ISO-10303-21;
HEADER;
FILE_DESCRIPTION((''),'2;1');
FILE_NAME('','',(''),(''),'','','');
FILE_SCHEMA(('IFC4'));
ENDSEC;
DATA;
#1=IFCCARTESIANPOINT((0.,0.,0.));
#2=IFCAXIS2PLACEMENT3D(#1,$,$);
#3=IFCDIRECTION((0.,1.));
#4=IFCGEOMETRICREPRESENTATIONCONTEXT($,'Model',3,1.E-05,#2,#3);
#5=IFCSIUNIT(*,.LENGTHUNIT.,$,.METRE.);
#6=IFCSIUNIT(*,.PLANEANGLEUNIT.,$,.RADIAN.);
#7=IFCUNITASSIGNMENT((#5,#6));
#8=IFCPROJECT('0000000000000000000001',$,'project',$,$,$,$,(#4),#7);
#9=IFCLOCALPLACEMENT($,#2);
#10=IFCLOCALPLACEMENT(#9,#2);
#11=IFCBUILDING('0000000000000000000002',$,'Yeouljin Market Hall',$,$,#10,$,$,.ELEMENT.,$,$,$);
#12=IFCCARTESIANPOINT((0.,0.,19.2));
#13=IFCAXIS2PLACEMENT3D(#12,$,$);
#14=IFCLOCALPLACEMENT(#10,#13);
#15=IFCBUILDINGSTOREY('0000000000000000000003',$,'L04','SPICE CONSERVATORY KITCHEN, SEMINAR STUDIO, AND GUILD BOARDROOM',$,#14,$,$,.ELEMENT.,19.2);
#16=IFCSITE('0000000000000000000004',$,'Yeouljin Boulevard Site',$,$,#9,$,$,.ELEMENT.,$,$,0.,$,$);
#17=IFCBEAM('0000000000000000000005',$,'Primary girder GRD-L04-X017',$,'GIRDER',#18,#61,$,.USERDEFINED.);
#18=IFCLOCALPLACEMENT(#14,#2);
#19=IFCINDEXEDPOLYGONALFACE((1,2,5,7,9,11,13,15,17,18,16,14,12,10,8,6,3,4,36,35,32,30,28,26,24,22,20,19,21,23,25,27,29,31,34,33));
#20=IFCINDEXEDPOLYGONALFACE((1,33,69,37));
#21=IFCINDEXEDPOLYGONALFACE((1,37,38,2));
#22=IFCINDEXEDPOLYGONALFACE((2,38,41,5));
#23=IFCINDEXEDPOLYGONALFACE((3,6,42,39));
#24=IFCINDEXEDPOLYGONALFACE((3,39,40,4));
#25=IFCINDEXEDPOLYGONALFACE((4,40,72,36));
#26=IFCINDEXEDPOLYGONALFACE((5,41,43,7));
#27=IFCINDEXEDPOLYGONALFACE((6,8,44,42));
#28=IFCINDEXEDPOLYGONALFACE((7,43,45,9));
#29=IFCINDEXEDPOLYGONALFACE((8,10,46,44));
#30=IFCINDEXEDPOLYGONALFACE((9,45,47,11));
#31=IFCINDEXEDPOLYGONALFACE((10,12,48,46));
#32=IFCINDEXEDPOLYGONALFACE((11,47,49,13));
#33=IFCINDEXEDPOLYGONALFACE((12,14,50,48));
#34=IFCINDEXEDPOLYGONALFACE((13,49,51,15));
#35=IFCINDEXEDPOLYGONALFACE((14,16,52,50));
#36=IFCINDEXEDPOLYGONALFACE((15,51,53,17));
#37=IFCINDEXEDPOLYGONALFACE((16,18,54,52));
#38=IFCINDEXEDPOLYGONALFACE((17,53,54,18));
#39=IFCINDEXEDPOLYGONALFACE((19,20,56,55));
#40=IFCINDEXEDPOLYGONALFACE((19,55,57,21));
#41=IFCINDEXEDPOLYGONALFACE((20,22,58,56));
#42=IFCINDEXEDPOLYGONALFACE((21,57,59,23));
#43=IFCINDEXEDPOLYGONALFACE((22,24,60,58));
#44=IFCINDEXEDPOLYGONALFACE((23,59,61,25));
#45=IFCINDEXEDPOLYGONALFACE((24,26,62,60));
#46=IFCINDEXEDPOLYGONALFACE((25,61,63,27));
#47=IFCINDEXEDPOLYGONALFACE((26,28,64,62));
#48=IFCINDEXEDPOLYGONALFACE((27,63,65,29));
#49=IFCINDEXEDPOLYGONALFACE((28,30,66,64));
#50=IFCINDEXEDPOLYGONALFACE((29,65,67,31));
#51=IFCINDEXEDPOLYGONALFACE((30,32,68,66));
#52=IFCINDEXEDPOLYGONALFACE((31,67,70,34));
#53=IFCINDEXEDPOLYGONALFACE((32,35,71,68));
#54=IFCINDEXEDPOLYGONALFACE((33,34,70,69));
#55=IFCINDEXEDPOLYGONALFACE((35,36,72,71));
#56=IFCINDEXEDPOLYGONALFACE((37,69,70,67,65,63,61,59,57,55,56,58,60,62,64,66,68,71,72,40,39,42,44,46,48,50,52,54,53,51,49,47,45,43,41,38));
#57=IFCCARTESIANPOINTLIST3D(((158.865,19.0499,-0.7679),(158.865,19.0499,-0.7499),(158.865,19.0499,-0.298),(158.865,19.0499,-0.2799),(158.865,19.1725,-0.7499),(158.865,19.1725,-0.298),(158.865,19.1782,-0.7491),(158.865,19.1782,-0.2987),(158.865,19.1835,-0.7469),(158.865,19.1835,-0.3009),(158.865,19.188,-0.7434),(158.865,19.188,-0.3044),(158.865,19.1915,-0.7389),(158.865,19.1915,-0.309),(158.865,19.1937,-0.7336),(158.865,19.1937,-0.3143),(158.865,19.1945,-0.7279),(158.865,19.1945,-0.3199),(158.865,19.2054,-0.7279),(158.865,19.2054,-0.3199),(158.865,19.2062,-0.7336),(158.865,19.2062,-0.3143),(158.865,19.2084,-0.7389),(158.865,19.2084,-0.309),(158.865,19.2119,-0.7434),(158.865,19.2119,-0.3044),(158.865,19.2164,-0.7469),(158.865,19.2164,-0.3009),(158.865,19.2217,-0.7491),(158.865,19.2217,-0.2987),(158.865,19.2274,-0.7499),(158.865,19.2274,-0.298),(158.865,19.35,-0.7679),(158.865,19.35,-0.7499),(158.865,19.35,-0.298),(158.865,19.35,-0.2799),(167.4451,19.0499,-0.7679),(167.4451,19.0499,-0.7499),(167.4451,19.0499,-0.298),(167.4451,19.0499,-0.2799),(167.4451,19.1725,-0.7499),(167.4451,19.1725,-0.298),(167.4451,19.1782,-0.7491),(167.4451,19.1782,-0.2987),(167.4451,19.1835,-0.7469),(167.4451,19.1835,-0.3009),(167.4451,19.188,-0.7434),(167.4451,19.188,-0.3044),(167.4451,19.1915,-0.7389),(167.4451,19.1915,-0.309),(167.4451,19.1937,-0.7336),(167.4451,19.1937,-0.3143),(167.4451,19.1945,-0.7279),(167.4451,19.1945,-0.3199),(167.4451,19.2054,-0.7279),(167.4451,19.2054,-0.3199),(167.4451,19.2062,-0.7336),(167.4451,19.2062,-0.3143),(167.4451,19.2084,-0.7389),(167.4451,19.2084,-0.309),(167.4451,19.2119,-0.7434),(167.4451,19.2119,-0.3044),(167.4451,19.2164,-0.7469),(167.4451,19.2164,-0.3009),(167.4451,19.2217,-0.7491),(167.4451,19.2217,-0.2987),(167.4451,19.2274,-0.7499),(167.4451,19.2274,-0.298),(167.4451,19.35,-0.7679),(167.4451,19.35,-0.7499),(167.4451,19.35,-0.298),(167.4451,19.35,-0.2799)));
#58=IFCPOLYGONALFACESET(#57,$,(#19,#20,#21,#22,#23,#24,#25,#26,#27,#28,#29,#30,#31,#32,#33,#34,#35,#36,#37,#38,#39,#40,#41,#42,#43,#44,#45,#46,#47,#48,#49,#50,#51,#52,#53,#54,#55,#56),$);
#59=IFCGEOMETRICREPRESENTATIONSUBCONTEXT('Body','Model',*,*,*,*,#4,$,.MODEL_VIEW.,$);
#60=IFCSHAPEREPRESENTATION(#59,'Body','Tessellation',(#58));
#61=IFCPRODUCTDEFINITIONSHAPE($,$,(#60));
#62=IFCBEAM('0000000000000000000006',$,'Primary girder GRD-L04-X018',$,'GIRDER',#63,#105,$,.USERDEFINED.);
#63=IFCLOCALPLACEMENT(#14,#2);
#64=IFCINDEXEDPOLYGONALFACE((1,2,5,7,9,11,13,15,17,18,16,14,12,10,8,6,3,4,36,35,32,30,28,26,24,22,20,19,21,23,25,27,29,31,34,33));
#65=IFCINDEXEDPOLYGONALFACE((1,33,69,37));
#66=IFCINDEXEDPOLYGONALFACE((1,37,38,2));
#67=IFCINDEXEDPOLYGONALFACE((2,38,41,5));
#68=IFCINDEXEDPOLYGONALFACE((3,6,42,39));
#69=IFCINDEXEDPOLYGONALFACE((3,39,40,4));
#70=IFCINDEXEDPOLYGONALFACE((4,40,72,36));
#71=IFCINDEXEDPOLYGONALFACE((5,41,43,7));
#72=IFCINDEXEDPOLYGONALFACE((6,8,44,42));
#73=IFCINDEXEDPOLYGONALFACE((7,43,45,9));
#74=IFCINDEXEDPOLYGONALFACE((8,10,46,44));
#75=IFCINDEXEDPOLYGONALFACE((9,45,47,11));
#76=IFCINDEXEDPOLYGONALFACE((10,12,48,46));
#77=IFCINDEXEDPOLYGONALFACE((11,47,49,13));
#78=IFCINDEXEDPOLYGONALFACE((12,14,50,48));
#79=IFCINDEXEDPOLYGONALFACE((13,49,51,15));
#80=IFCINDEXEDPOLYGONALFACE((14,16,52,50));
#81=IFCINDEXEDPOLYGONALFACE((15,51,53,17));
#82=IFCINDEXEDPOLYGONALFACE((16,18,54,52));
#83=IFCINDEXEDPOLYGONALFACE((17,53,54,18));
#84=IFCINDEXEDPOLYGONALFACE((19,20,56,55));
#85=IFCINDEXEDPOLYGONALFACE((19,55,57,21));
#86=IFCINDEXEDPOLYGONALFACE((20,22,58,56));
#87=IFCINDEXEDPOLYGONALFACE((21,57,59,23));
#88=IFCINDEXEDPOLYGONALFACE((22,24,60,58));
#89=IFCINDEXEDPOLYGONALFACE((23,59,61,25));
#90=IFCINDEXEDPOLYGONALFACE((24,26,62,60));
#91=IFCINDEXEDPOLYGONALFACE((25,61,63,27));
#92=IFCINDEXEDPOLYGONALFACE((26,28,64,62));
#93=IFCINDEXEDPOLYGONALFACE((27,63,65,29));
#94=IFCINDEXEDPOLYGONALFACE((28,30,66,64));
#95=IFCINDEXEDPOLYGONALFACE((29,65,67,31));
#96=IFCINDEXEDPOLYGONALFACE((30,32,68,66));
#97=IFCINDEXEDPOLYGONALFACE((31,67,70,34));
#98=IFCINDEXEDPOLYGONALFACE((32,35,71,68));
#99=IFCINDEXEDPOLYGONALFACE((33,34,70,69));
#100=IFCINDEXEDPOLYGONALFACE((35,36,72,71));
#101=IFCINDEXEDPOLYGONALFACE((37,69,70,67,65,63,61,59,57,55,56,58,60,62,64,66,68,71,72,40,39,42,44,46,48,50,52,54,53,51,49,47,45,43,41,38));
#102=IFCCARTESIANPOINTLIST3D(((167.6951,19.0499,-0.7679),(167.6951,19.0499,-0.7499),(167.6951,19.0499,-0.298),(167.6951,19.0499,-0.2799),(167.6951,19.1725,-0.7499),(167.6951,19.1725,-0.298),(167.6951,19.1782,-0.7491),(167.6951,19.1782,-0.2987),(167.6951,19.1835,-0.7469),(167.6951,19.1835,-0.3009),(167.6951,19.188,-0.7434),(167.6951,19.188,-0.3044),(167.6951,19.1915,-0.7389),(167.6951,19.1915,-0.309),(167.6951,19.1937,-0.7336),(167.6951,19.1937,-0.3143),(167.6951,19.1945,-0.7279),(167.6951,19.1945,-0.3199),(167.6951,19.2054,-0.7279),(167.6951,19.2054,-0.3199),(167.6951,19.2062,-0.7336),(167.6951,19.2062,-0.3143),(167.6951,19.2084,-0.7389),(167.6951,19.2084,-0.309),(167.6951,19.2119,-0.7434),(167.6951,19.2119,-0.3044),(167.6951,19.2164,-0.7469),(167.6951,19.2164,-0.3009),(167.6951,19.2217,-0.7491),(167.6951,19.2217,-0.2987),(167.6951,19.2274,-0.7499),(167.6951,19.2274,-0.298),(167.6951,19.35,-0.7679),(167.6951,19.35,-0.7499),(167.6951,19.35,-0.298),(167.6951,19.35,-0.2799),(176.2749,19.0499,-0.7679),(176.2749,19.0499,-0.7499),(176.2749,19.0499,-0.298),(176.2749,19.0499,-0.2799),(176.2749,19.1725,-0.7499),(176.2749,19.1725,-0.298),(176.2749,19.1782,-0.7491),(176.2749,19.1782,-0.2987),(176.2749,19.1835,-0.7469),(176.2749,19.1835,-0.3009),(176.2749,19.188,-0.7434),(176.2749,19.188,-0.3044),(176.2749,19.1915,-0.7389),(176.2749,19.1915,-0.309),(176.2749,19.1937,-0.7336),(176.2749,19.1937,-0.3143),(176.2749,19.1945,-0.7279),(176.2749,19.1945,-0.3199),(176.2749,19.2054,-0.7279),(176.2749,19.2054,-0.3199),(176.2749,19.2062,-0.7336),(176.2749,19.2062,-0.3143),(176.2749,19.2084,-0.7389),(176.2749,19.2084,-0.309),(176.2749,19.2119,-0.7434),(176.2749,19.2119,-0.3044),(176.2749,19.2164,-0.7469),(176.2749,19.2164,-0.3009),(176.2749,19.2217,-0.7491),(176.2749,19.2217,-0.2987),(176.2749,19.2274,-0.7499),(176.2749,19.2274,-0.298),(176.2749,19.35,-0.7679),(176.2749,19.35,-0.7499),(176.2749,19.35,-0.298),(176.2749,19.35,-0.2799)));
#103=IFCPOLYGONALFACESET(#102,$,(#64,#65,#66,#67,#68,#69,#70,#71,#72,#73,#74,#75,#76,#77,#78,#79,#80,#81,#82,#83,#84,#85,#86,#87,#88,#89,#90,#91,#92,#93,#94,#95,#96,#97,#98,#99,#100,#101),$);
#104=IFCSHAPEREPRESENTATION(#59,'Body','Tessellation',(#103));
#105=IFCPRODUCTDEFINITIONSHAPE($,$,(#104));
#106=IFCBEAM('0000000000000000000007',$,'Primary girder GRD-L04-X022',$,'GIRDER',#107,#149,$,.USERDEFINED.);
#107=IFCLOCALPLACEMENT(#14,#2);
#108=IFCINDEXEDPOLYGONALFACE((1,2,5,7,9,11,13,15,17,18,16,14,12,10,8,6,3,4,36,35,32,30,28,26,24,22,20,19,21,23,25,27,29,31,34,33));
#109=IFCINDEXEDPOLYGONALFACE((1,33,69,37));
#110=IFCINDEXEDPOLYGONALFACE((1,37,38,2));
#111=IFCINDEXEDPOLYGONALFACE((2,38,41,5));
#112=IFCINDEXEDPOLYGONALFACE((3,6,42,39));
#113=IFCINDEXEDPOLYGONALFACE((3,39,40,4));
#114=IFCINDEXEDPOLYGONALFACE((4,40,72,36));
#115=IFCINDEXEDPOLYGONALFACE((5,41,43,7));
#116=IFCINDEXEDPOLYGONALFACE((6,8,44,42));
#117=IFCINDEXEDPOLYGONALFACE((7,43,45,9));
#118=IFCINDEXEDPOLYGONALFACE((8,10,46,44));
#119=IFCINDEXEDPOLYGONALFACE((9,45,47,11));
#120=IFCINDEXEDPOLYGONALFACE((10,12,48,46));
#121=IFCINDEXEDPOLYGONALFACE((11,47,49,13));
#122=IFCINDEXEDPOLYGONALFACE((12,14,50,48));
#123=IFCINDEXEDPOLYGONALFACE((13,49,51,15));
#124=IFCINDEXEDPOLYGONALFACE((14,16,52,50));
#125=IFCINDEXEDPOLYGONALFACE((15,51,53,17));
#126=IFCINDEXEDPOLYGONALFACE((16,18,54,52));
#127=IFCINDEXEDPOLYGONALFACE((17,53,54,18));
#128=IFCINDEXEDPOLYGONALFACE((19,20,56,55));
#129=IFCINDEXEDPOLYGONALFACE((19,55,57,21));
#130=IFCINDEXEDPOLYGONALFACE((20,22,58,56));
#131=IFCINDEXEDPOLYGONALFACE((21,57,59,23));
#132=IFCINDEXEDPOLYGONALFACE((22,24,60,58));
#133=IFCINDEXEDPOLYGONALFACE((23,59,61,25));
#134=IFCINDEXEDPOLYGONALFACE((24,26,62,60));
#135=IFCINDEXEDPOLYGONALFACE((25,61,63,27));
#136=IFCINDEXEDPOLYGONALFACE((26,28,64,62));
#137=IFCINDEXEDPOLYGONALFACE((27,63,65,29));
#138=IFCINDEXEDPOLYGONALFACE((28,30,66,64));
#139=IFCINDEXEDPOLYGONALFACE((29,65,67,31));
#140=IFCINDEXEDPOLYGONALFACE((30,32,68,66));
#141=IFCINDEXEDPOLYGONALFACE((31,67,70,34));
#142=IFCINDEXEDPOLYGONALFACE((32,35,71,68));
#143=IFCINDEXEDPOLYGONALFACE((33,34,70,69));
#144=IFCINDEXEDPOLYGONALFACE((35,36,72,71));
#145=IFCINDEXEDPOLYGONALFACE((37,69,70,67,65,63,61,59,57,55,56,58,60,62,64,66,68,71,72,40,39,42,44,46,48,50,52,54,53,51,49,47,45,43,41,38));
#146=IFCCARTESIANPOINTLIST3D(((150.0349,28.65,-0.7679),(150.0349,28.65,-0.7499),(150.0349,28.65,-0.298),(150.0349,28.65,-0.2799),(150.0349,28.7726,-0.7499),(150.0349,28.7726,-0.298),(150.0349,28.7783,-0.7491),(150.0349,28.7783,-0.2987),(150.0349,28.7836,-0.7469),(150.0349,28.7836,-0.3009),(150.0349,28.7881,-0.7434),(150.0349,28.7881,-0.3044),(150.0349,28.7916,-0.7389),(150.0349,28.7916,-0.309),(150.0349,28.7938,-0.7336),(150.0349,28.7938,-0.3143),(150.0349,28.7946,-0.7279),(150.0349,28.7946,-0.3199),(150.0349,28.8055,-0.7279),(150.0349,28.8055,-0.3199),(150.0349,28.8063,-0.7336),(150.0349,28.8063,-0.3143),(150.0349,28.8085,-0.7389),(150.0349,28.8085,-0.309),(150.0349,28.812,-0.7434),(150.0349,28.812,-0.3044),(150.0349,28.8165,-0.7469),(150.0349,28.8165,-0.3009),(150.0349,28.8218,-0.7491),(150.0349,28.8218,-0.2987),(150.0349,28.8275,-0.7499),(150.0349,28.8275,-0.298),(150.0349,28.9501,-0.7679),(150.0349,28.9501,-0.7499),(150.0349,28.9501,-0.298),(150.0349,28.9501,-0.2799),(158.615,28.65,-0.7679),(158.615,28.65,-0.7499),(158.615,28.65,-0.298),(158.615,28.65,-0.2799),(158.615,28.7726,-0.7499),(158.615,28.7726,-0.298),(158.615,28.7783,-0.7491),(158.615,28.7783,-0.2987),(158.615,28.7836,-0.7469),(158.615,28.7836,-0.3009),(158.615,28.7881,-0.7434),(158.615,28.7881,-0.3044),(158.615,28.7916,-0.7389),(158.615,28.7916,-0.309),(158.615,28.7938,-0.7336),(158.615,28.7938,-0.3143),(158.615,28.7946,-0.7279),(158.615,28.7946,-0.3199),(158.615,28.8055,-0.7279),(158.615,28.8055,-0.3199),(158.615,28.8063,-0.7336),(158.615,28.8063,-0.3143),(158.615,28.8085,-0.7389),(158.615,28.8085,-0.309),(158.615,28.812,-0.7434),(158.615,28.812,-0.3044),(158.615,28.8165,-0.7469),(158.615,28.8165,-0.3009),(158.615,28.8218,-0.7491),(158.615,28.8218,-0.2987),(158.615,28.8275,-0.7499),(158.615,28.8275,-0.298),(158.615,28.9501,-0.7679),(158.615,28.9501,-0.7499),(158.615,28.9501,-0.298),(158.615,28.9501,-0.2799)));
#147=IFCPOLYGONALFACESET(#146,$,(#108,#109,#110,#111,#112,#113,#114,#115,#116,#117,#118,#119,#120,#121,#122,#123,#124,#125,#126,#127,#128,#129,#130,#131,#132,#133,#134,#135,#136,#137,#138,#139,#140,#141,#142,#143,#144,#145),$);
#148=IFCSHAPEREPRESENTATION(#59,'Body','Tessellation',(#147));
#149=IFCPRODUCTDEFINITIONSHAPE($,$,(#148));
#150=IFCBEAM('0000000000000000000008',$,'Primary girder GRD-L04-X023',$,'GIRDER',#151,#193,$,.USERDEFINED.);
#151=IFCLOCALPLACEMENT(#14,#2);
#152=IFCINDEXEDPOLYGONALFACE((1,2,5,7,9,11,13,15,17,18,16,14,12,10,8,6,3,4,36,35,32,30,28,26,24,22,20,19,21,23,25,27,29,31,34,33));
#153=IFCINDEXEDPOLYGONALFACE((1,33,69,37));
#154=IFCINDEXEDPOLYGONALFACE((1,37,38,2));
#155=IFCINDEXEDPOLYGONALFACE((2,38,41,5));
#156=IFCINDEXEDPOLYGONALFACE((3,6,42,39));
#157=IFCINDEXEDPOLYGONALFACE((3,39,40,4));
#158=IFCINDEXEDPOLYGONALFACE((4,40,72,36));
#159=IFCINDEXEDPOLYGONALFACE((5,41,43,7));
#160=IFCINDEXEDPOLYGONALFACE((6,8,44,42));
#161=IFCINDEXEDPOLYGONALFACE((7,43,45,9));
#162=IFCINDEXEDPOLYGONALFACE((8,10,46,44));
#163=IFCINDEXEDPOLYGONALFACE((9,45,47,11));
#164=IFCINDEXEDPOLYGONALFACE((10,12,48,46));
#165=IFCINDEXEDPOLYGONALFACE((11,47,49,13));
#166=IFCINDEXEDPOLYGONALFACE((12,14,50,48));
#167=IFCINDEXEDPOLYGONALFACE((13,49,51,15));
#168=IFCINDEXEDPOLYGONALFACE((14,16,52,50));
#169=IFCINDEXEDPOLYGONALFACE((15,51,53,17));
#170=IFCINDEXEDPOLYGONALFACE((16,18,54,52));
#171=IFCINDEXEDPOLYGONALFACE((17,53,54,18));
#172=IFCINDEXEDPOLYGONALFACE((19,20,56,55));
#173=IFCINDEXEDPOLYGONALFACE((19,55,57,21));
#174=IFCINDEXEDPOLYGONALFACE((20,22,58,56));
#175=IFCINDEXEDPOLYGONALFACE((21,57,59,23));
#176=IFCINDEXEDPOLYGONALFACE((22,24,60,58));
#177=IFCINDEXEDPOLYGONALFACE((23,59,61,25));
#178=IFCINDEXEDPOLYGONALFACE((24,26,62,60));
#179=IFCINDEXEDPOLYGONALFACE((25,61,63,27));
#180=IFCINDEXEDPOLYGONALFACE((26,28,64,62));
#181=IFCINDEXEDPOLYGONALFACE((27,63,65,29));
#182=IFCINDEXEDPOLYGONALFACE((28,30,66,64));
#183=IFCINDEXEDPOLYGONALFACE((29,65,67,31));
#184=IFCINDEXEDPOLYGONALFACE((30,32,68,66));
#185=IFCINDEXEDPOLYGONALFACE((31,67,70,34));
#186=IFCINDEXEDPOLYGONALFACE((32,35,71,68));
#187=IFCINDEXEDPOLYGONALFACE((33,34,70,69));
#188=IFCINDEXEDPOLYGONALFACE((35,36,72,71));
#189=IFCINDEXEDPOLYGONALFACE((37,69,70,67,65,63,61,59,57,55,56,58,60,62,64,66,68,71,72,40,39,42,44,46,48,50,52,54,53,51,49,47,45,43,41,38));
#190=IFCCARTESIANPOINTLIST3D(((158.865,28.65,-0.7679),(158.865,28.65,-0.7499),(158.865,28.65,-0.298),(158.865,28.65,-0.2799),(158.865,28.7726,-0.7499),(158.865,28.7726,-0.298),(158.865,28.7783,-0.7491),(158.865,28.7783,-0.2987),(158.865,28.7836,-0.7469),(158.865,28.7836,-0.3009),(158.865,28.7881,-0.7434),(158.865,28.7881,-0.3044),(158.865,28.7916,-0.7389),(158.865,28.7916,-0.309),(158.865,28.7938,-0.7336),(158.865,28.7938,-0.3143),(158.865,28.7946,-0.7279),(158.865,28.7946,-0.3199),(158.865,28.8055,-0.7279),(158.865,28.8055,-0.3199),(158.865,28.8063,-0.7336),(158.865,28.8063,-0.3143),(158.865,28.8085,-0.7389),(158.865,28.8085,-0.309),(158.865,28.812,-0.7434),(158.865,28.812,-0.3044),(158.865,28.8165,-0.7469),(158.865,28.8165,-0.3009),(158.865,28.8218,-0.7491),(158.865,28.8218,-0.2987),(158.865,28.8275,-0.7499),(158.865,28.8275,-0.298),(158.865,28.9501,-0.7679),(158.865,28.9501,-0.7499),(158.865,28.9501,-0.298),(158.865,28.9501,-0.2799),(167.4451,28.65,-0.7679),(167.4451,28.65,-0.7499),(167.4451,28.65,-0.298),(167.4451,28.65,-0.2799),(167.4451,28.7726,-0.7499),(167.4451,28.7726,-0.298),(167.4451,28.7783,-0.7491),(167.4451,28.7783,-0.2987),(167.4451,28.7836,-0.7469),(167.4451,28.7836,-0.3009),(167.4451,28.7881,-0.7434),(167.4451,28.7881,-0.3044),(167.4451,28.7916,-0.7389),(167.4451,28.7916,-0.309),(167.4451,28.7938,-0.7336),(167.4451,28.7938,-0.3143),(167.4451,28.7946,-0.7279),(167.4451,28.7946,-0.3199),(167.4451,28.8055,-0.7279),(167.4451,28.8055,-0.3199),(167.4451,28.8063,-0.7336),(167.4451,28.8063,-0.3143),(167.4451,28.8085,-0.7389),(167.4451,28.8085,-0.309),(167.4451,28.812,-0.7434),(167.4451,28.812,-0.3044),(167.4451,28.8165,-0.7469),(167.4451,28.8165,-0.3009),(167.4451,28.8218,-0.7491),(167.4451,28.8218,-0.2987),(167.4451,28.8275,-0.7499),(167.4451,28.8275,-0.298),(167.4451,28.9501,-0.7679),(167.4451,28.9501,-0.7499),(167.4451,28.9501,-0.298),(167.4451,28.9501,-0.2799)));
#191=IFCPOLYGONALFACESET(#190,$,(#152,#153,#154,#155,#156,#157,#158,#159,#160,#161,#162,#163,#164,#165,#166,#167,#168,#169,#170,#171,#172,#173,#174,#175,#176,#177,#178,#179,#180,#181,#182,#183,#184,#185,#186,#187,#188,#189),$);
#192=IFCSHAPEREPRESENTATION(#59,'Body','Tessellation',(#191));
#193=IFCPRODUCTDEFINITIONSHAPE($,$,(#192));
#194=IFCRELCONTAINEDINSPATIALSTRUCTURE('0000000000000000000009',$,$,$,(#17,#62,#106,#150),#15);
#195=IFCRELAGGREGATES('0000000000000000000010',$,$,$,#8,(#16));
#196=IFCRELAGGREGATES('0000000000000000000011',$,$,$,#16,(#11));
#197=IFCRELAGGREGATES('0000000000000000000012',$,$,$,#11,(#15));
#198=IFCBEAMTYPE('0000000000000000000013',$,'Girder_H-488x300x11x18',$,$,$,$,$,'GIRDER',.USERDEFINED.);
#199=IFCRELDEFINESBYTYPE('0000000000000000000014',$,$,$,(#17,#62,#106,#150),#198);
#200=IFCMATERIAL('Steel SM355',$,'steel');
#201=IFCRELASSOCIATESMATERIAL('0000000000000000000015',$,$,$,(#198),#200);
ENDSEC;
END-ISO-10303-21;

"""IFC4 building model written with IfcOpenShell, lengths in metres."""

from ifc_helpers import new_model, si_unit, direction, frame, origin, origin_2d, place, context, subcontext, project, spatial, i_section, extrude, material, material_profile, profile_set, type_object, element, save


model = new_model("IFC4")

# Units and contexts
model_context = context("Model", 3, precision=1e-05, world=origin(), true_north=direction((0.0, 1.0)))
body_context = subcontext(model_context, "Body", "Model", "MODEL_VIEW")
ifc_project = project(units=[si_unit("LENGTHUNIT", "METRE"), si_unit("PLANEANGLEUNIT", "RADIAN")], contexts=[model_context])

# Site, building, storey
site_placement = place(None, origin())
site = spatial("IfcSite", under=ifc_project, at=site_placement, Name="Yeouljin Boulevard Site", CompositionType="ELEMENT", RefElevation=0.0)
building_placement = place(site_placement, origin())
building = spatial("IfcBuilding", under=site, at=building_placement, Name="Yeouljin Market Hall", CompositionType="ELEMENT")
storey_placement = place(building_placement, frame((0.0, 0.0, 19.2)))
storey = spatial("IfcBuildingStorey", under=building, at=storey_placement, Name="L04", Description="SPICE CONSERVATORY KITCHEN, SEMINAR STUDIO, AND GUILD BOARDROOM", CompositionType="ELEMENT", Elevation=19.2)

# Beams
ifc_material_1 = material(Name="Steel SM355", Category="steel")
ifc_material_profile_1 = material_profile(ifc_material_1, i_section(OverallWidth=0.3, OverallDepth=0.488, WebThickness=0.011, FlangeThickness=0.0181, FilletRadius=0.022, at=origin_2d()), Name="H-488x300x11x18")
ifc_profile_set_1 = profile_set([ifc_material_profile_1], Name="Steel SM355")
beam_type_1 = type_object("IfcBeamType", Name="Girder_H-488x300x11x18", ElementType="GIRDER", PredefinedType="USERDEFINED", material=ifc_profile_set_1)
for number, where, z_axis, x_axis, name in (
    (1, (158.865, 19.2, -0.5239), (1.0, 0.0, 0.0), (0.0, 1.0, 0.0), "Primary girder GRD-L04-X017"),
):
    element("IfcBeam", number, at=place(storey_placement, frame(where, z_axis=z_axis, x_axis=x_axis)), inside=storey, type_object=beam_type_1, Name=name, ObjectType="GIRDER", PredefinedType="USERDEFINED", context=body_context, shape_type="SweptSolid", body=[
        extrude(i_section(OverallWidth=0.3, OverallDepth=0.488, WebThickness=0.011, FlangeThickness=0.0181, FilletRadius=0.022, at=origin_2d()), origin(), (0.0, 0.0, 1.0), 8.5801),
    ])
beam_1_placement = place(storey_placement, frame((167.6951, 19.2, -0.5239), z_axis=(1.0, 0.0, 0.0), x_axis=(0.0, 1.0, 0.0)))
element("IfcBeam", 2, at=beam_1_placement, inside=storey, type_object=beam_type_1, Name="Primary girder GRD-L04-X018", ObjectType="GIRDER", PredefinedType="USERDEFINED", context=body_context, shape_type="SweptSolid", body=[
    extrude(i_section(OverallWidth=0.3, OverallDepth=0.488, WebThickness=0.011, FlangeThickness=0.0181, FilletRadius=0.022, at=origin_2d()), origin(), (0.0, 0.0, 1.0), 8.5798),
])
for number, where, z_axis, x_axis, name in (
    (3, (150.0349, 28.8, -0.5239), (1.0, 0.0, 0.0), (0.0, 1.0, 0.0), "Primary girder GRD-L04-X022"),
    (4, (158.865, 28.8, -0.5239), (1.0, 0.0, 0.0), (0.0, 1.0, 0.0), "Primary girder GRD-L04-X023"),
):
    element("IfcBeam", number, at=place(storey_placement, frame(where, z_axis=z_axis, x_axis=x_axis)), inside=storey, type_object=beam_type_1, Name=name, ObjectType="GIRDER", PredefinedType="USERDEFINED", context=body_context, shape_type="SweptSolid", body=[
        extrude(i_section(OverallWidth=0.3, OverallDepth=0.488, WebThickness=0.011, FlangeThickness=0.0181, FilletRadius=0.022, at=origin_2d()), origin(), (0.0, 0.0, 1.0), 8.5801),
    ])

save(model, "model.ifc")
